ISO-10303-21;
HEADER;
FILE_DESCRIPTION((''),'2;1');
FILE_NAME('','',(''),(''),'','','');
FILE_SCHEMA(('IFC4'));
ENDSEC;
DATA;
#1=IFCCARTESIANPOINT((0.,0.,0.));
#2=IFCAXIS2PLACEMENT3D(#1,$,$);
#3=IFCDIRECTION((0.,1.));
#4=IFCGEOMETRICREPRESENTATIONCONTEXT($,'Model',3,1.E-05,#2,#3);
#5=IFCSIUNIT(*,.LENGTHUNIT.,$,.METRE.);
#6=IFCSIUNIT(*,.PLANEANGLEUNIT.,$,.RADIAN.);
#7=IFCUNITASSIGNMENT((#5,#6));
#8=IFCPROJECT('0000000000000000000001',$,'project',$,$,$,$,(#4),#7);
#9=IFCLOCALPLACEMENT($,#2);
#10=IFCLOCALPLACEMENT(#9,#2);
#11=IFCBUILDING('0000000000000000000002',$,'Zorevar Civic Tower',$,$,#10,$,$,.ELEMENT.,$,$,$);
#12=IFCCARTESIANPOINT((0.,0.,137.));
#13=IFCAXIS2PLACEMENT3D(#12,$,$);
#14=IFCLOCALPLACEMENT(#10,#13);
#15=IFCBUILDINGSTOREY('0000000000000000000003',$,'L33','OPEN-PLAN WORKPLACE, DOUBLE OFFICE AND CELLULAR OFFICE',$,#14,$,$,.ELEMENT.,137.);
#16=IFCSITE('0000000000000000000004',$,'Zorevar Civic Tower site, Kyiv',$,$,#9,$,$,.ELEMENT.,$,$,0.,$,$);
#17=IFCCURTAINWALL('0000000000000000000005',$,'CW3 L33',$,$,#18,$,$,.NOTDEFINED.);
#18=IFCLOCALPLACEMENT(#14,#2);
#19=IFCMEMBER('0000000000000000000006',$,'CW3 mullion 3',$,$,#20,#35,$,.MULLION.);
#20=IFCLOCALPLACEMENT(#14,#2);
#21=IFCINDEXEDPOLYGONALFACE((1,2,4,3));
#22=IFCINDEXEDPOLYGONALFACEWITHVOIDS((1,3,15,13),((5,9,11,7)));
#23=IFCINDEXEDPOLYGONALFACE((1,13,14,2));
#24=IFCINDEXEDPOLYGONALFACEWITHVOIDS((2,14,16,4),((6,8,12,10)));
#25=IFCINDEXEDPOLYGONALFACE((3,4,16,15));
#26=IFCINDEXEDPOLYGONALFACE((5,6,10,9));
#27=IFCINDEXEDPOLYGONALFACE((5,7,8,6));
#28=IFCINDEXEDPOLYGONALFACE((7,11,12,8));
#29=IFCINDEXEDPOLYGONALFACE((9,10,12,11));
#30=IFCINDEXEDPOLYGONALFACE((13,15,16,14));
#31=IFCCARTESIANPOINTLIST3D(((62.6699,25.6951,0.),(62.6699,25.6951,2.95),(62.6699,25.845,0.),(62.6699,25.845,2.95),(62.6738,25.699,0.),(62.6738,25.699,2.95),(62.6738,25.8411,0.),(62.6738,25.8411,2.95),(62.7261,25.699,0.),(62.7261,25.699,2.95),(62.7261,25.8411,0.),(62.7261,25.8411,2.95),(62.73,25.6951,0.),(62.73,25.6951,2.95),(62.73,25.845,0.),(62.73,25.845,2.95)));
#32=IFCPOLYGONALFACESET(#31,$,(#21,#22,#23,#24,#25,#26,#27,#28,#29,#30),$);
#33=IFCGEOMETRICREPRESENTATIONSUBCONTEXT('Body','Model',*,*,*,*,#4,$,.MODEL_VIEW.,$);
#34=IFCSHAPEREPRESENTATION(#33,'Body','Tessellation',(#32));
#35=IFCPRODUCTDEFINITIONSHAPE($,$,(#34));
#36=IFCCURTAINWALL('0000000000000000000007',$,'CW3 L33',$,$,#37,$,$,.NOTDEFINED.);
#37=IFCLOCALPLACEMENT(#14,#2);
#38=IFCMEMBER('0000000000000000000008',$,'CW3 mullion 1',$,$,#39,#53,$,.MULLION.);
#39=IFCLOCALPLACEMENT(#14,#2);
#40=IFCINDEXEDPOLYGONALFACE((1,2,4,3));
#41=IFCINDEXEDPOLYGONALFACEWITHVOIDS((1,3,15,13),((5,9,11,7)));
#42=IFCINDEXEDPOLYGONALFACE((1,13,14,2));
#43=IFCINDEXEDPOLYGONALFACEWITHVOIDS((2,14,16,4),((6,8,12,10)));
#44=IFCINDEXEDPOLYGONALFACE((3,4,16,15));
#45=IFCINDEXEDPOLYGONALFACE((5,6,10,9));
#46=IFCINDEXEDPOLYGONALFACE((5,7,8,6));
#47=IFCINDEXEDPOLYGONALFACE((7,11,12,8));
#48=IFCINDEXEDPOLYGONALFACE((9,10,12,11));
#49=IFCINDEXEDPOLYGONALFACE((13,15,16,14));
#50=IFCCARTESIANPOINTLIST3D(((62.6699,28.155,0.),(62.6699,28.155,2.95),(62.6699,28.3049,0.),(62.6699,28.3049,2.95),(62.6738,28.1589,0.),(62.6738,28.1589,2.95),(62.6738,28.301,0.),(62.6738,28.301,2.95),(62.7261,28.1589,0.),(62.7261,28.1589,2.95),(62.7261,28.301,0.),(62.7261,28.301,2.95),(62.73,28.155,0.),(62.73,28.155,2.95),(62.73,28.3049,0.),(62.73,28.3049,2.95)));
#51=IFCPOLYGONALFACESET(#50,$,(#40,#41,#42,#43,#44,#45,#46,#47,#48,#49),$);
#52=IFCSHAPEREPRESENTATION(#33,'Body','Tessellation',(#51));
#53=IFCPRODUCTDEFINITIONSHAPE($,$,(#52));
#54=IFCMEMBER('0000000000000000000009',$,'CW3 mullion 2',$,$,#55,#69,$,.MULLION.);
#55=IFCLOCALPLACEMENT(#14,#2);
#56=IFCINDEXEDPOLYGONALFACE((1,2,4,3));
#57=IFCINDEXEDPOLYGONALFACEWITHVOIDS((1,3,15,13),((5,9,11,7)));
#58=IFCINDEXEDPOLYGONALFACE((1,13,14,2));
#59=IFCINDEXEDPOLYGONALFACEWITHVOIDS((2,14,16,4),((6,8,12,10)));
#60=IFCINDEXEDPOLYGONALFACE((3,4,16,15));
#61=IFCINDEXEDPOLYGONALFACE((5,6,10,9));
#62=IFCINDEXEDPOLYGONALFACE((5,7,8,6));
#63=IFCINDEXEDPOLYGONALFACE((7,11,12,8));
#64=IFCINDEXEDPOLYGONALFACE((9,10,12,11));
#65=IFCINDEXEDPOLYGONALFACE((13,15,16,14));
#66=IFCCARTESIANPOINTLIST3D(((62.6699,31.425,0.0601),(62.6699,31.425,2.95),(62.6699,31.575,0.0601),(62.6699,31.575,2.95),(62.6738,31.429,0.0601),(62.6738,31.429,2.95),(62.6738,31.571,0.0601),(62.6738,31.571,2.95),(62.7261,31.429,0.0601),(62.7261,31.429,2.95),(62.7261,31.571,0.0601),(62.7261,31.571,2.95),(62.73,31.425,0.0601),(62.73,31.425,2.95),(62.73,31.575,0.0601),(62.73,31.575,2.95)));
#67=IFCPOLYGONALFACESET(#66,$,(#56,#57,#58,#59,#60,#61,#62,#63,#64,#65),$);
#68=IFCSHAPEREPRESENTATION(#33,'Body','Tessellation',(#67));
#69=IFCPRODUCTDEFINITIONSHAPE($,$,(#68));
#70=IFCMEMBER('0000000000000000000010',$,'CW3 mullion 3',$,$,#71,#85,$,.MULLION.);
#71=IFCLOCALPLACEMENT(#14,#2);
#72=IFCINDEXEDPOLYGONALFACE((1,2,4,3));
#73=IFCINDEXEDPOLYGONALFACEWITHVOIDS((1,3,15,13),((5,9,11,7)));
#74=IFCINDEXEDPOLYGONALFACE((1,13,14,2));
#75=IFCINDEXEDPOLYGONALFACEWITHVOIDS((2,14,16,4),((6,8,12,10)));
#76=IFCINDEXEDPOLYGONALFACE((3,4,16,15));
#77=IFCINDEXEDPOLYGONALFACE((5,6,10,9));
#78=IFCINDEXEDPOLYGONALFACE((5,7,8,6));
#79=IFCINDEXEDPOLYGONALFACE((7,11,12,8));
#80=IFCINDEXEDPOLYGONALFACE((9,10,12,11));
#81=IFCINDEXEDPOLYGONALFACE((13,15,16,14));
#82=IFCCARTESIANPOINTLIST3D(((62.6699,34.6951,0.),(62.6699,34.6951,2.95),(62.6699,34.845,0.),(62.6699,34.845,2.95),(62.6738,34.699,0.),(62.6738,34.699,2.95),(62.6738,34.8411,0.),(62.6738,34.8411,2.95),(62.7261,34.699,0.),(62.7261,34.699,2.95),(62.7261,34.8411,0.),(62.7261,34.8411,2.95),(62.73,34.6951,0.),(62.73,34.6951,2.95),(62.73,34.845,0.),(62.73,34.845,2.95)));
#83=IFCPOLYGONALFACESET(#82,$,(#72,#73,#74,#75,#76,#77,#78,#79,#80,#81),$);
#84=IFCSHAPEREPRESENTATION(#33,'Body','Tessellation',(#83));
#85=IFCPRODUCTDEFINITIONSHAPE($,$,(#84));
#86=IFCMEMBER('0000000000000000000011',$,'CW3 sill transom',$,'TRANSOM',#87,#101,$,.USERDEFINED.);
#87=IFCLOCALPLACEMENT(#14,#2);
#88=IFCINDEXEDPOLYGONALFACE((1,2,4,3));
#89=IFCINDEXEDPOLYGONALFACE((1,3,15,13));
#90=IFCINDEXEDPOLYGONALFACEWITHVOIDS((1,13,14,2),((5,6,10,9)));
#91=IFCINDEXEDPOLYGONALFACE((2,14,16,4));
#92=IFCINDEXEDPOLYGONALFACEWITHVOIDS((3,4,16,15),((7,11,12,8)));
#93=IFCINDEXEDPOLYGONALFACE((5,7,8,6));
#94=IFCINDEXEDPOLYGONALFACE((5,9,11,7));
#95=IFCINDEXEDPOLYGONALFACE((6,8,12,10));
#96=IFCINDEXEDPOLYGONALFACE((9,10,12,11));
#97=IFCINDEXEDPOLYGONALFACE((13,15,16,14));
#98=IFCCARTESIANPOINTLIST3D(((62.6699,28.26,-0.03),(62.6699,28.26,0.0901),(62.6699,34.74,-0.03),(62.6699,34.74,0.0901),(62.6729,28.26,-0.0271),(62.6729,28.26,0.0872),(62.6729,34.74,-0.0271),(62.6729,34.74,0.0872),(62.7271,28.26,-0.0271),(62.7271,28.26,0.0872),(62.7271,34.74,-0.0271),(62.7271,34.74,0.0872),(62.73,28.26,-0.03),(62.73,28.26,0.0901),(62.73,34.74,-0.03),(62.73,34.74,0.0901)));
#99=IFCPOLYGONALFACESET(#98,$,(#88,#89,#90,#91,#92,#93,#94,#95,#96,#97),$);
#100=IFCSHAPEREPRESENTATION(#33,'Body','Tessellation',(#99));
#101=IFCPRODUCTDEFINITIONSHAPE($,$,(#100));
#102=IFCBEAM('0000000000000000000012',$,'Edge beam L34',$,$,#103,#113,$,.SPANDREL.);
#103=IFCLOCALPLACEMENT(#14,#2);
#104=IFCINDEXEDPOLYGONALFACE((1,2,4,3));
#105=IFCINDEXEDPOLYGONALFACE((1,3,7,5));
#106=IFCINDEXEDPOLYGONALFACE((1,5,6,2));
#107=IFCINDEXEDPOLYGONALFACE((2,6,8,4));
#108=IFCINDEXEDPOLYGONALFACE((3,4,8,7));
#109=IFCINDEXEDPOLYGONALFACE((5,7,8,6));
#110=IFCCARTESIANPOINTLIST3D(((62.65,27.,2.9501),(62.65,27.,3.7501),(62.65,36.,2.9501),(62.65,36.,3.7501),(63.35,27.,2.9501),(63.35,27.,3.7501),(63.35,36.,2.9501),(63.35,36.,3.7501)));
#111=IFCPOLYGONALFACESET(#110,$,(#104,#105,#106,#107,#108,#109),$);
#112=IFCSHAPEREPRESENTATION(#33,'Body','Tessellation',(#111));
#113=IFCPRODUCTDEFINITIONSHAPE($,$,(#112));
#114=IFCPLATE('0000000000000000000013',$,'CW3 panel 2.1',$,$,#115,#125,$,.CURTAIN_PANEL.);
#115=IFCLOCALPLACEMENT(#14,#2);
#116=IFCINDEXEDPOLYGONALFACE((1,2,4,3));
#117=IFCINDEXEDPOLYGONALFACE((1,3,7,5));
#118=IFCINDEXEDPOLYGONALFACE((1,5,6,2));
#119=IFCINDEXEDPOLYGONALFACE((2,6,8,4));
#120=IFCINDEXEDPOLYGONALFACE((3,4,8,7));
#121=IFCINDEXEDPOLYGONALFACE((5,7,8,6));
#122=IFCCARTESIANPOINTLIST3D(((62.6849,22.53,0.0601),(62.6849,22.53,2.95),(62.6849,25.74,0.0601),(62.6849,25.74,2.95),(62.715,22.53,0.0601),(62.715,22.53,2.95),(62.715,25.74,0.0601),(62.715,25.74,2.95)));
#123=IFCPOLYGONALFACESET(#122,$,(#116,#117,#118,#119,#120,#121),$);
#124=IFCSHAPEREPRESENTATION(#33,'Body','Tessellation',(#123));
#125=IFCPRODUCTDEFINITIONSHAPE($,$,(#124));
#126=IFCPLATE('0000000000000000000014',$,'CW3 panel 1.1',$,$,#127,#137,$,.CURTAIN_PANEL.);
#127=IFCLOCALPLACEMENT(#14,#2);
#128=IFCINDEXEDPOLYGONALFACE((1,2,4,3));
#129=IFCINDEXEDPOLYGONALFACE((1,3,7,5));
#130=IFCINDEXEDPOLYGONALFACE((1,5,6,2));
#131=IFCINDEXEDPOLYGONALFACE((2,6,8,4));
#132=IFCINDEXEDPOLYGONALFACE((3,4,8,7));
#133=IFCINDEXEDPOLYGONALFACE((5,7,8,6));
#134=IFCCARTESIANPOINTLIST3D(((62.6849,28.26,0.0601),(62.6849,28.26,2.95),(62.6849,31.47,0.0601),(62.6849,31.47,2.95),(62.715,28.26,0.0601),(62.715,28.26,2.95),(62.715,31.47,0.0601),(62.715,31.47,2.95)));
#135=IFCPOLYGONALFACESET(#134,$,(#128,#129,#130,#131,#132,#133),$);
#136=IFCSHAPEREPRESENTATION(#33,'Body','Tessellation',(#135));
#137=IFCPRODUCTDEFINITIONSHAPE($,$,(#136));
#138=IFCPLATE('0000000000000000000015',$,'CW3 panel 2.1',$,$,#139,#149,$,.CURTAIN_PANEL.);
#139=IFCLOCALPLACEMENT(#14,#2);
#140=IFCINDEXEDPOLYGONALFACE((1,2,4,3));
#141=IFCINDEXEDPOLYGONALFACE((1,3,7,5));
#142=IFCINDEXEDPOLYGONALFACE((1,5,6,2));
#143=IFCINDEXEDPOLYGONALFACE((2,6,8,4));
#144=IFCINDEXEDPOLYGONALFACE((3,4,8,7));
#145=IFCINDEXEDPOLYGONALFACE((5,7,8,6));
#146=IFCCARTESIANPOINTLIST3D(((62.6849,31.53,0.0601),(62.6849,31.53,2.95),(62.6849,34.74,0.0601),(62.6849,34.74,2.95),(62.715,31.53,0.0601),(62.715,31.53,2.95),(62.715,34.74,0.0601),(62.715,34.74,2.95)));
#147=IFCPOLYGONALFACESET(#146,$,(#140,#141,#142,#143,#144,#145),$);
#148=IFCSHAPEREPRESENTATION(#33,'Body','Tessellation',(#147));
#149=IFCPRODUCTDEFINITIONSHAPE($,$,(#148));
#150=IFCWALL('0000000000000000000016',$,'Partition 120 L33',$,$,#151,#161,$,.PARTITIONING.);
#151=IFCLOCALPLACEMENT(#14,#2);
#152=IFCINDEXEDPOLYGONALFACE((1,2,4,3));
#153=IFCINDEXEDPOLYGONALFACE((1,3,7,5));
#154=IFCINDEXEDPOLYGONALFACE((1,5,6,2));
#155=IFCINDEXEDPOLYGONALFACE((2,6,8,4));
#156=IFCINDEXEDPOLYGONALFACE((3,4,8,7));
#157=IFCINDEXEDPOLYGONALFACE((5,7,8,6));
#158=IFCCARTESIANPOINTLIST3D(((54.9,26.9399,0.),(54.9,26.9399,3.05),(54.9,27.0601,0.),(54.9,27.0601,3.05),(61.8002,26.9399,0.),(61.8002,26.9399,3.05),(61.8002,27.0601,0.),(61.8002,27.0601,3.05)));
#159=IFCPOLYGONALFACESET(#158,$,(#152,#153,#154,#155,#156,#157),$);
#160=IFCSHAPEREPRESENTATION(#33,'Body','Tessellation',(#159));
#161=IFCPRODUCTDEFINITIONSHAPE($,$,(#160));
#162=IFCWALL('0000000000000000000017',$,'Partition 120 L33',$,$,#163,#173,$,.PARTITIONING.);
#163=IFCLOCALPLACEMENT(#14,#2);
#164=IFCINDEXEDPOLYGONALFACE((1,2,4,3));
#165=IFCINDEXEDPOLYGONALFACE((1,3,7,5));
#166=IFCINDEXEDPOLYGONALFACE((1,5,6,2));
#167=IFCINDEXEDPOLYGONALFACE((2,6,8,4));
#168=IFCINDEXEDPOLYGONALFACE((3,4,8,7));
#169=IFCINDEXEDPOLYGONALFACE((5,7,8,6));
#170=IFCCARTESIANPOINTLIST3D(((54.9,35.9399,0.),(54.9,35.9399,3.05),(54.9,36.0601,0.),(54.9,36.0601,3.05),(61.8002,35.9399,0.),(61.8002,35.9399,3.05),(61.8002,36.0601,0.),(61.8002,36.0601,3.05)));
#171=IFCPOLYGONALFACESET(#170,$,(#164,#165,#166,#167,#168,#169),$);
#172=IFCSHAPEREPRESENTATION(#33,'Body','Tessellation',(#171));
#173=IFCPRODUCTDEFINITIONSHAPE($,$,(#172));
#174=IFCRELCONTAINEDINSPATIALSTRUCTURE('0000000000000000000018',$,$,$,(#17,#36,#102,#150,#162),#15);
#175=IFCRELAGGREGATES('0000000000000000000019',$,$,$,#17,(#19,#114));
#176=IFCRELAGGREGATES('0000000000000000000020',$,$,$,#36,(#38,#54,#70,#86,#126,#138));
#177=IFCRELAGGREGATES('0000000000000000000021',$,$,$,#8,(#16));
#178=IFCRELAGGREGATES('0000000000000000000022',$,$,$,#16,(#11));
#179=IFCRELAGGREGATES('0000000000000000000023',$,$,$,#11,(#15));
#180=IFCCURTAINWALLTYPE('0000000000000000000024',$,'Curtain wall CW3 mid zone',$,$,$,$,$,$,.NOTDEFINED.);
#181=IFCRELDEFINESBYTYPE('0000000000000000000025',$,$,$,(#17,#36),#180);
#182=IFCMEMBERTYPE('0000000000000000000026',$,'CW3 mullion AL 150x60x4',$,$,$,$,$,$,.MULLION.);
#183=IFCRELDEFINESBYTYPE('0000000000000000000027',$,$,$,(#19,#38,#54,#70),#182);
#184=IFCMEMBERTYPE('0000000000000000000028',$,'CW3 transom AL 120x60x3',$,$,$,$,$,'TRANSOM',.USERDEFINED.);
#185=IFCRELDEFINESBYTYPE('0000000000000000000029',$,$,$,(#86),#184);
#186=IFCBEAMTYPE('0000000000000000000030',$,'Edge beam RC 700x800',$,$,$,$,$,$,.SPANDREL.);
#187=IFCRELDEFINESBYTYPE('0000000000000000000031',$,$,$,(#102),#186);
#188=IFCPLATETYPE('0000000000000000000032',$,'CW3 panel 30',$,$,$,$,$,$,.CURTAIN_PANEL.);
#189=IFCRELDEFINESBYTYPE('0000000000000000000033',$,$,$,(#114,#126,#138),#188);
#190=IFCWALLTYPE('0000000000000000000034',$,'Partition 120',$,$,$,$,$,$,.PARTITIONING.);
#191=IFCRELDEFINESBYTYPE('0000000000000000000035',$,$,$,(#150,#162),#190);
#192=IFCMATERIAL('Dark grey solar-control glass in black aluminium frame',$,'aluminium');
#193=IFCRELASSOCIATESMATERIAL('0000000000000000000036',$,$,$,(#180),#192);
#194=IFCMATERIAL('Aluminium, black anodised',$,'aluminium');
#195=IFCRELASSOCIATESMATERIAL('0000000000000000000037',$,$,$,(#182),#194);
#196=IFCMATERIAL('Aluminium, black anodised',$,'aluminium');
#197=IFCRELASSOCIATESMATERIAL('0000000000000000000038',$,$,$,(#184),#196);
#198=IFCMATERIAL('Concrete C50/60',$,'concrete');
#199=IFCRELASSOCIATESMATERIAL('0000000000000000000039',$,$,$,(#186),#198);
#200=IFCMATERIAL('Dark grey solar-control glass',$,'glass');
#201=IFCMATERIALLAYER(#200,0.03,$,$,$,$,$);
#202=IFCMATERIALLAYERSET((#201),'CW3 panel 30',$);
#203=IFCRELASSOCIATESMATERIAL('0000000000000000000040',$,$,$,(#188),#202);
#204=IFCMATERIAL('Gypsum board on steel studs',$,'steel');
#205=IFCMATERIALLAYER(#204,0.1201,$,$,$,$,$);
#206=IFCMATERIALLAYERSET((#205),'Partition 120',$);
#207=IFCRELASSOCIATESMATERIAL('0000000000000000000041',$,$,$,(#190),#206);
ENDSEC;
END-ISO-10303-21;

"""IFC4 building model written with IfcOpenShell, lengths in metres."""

from ifc_helpers import new_model, si_unit, direction, frame, frame_2d, origin, origin_2d, place, context, subcontext, project, spatial, rectangle, hollow_rectangle, extrude, material, layer, layer_set, material_profile, profile_set, type_object, element, aggregate, save


model = new_model("IFC4")

# Units and contexts
model_context = context("Model", 3, precision=1e-05, world=origin(), true_north=direction((0.0, 1.0)))
body_context = subcontext(model_context, "Body", "Model", "MODEL_VIEW")
ifc_project = project(units=[si_unit("LENGTHUNIT", "METRE"), si_unit("PLANEANGLEUNIT", "RADIAN")], contexts=[model_context])

# Site, building, storey
site_placement = place(None, origin())
site = spatial("IfcSite", under=ifc_project, at=site_placement, Name="Zorevar Civic Tower site, Kyiv", CompositionType="ELEMENT", RefElevation=0.0)
building_placement = place(site_placement, origin())
building = spatial("IfcBuilding", under=site, at=building_placement, Name="Zorevar Civic Tower", CompositionType="ELEMENT")
storey_placement = place(building_placement, frame((0.0, 0.0, 137.0)))
storey = spatial("IfcBuildingStorey", under=building, at=storey_placement, Name="L33", Description="OPEN-PLAN WORKPLACE, DOUBLE OFFICE AND CELLULAR OFFICE", CompositionType="ELEMENT", Elevation=137.0)

# Curtain walls, members
ifc_material_1 = material(Name="Dark grey solar-control glass in black aluminium frame", Category="aluminium")
curtain_wall_type = type_object("IfcCurtainWallType", Name="Curtain wall CW3 mid zone", PredefinedType="NOTDEFINED", material=ifc_material_1)
curtain_wall_1_placement = place(storey_placement, origin())
curtain_wall_1 = element("IfcCurtainWall", 1, at=curtain_wall_1_placement, inside=storey, type_object=curtain_wall_type, Name="CW3 L33", PredefinedType="NOTDEFINED")
ifc_material_2 = material(Name="Aluminium, black anodised", Category="aluminium")
ifc_material_profile_1 = material_profile(ifc_material_2, hollow_rectangle(XDim=0.0601, YDim=0.1499, WallThickness=0.0039, at=origin_2d()), Name="AL 150x60x4")
ifc_profile_set_1 = profile_set([ifc_material_profile_1], Name="Aluminium, black anodised")
member_type_1 = type_object("IfcMemberType", Name="CW3 mullion AL 150x60x4", PredefinedType="MULLION", material=ifc_profile_set_1)
member_1_placement = place(storey_placement, frame((62.7, 25.77, 0.0), z_axis=(0.0, 0.0, 1.0), x_axis=(-1.0, 0.0, 0.0)))
member_1 = element("IfcMember", 2, at=member_1_placement, type_object=member_type_1, Name="CW3 mullion 3", PredefinedType="MULLION", context=body_context, shape_type="SweptSolid", body=[
    extrude(hollow_rectangle(XDim=0.0601, YDim=0.1499, WallThickness=0.0039, at=origin_2d()), origin(), (0.0, 0.0, 1.0), 2.95),
])
curtain_wall_2_placement = place(storey_placement, origin())
curtain_wall_2 = element("IfcCurtainWall", 3, at=curtain_wall_2_placement, inside=storey, type_object=curtain_wall_type, Name="CW3 L33", PredefinedType="NOTDEFINED")
member_2_placement = place(storey_placement, frame((62.7, 28.23, 0.0), z_axis=(0.0, 0.0, 1.0), x_axis=(-1.0, 0.0, 0.0)))
member_2 = element("IfcMember", 4, at=member_2_placement, type_object=member_type_1, Name="CW3 mullion 1", PredefinedType="MULLION", context=body_context, shape_type="SweptSolid", body=[
    extrude(hollow_rectangle(XDim=0.0601, YDim=0.1499, WallThickness=0.0039, at=origin_2d()), origin(), (0.0, 0.0, 1.0), 2.95),
])
member_3_placement = place(storey_placement, frame((62.7, 31.5, 0.0601), z_axis=(0.0, 0.0, 1.0), x_axis=(-1.0, 0.0, 0.0)))
member_3 = element("IfcMember", 5, at=member_3_placement, type_object=member_type_1, Name="CW3 mullion 2", PredefinedType="MULLION", context=body_context, shape_type="SweptSolid", body=[
    extrude(hollow_rectangle(XDim=0.0601, YDim=0.1499, WallThickness=0.0039, at=origin_2d()), origin(), (0.0, 0.0, 1.0), 2.8899),
])
member_4_placement = place(storey_placement, frame((62.7, 34.77, 0.0), z_axis=(0.0, 0.0, 1.0), x_axis=(-1.0, 0.0, 0.0)))
member_4 = element("IfcMember", 6, at=member_4_placement, type_object=member_type_1, Name="CW3 mullion 3", PredefinedType="MULLION", context=body_context, shape_type="SweptSolid", body=[
    extrude(hollow_rectangle(XDim=0.0601, YDim=0.1499, WallThickness=0.0039, at=origin_2d()), origin(), (0.0, 0.0, 1.0), 2.95),
])
ifc_material_3 = material(Name="Aluminium, black anodised", Category="aluminium")
ifc_material_profile_2 = material_profile(ifc_material_3, hollow_rectangle(XDim=0.0601, YDim=0.1201, WallThickness=0.0029, at=origin_2d()), Name="AL 120x60x3")
ifc_profile_set_2 = profile_set([ifc_material_profile_2], Name="Aluminium, black anodised")
member_type_2 = type_object("IfcMemberType", Name="CW3 transom AL 120x60x3", ElementType="TRANSOM", PredefinedType="USERDEFINED", material=ifc_profile_set_2)
member_5_placement = place(storey_placement, frame((62.7, 28.26, 0.03), z_axis=(0.0, 1.0, 0.0), x_axis=(-1.0, 0.0, 0.0)))
member_5 = element("IfcMember", 7, at=member_5_placement, type_object=member_type_2, Name="CW3 sill transom", ObjectType="TRANSOM", PredefinedType="USERDEFINED", context=body_context, shape_type="SweptSolid", body=[
    extrude(hollow_rectangle(XDim=0.0601, YDim=0.1201, WallThickness=0.0029, at=origin_2d()), origin(), (0.0, 0.0, 1.0), 6.48),
])

# Beam
ifc_material_4 = material(Name="Concrete C50/60", Category="concrete")
ifc_material_profile_3 = material_profile(ifc_material_4, rectangle(XDim=0.7, YDim=0.8, at=origin_2d()), Name="RC 700x800")
ifc_profile_set_3 = profile_set([ifc_material_profile_3], Name="Concrete C50/60")
beam_type_1 = type_object("IfcBeamType", Name="Edge beam RC 700x800", PredefinedType="SPANDREL", material=ifc_profile_set_3)
beam_1_placement = place(storey_placement, frame((63.0, 27.0, 3.3501), z_axis=(0.0, 1.0, 0.0), x_axis=(-1.0, 0.0, 0.0)))
element("IfcBeam", 8, at=beam_1_placement, inside=storey, type_object=beam_type_1, Name="Edge beam L34", PredefinedType="SPANDREL", context=body_context, shape_type="SweptSolid", body=[
    extrude(rectangle(XDim=0.7, YDim=0.8, at=origin_2d()), origin(), (0.0, 0.0, 1.0), 9.0),
])

# Plates
ifc_material_5 = material(Name="Dark grey solar-control glass", Category="glass")
ifc_layer_1 = layer(ifc_material_5, 0.03)
ifc_layer_set_1 = layer_set([ifc_layer_1], Name="CW3 panel 30")
plate_type = type_object("IfcPlateType", Name="CW3 panel 30", PredefinedType="CURTAIN_PANEL", material=ifc_layer_set_1)
plate_1_placement = place(storey_placement, frame((62.7, 24.135, 0.0601), z_axis=(0.0, 0.0, 1.0), x_axis=(0.0, 1.0, 0.0)))
plate_1 = element("IfcPlate", 9, at=plate_1_placement, type_object=plate_type, Name="CW3 panel 2.1", PredefinedType="CURTAIN_PANEL", context=body_context, shape_type="SweptSolid", body=[
    extrude(rectangle(XDim=3.21, YDim=0.03, at=origin_2d()), origin(), (0.0, 0.0, 1.0), 2.8899),
])
aggregate(curtain_wall_1, [member_1, plate_1])
plate_2_placement = place(storey_placement, frame((62.7, 29.865, 0.0601), z_axis=(0.0, 0.0, 1.0), x_axis=(0.0, 1.0, 0.0)))
plate_2 = element("IfcPlate", 10, at=plate_2_placement, type_object=plate_type, Name="CW3 panel 1.1", PredefinedType="CURTAIN_PANEL", context=body_context, shape_type="SweptSolid", body=[
    extrude(rectangle(XDim=3.21, YDim=0.03, at=origin_2d()), origin(), (0.0, 0.0, 1.0), 2.8899),
])
plate_3_placement = place(storey_placement, frame((62.7, 33.135, 0.0601), z_axis=(0.0, 0.0, 1.0), x_axis=(0.0, 1.0, 0.0)))
plate_3 = element("IfcPlate", 11, at=plate_3_placement, type_object=plate_type, Name="CW3 panel 2.1", PredefinedType="CURTAIN_PANEL", context=body_context, shape_type="SweptSolid", body=[
    extrude(rectangle(XDim=3.21, YDim=0.03, at=origin_2d()), origin(), (0.0, 0.0, 1.0), 2.8899),
])
aggregate(curtain_wall_2, [member_2, member_3, member_4, member_5, plate_2, plate_3])

# Walls
ifc_material_6 = material(Name="Gypsum board on steel studs", Category="steel")
ifc_layer_2 = layer(ifc_material_6, 0.1201)
ifc_layer_set_2 = layer_set([ifc_layer_2], Name="Partition 120")
wall_type_1 = type_object("IfcWallType", Name="Partition 120", PredefinedType="PARTITIONING", material=ifc_layer_set_2)
for number, where, z_axis, x_axis, name in (
    (12, (54.8999, 27.0, 0.0), (0.0, 0.0, 1.0), (1.0, 0.0, 0.0), "Partition 120 L33"),
    (13, (54.8999, 36.0, 0.0), (0.0, 0.0, 1.0), (1.0, 0.0, 0.0), "Partition 120 L33"),
):
    element("IfcWall", number, at=place(storey_placement, frame(where, z_axis=z_axis, x_axis=x_axis)), inside=storey, type_object=wall_type_1, Name=name, PredefinedType="PARTITIONING", context=body_context, shape_type="SweptSolid", body=[
        extrude(rectangle(XDim=6.9001, YDim=0.1201, at=frame_2d((3.4502, 0.0))), origin(), (0.0, 0.0, 1.0), 3.05),
    ])

save(model, "model.ifc")
